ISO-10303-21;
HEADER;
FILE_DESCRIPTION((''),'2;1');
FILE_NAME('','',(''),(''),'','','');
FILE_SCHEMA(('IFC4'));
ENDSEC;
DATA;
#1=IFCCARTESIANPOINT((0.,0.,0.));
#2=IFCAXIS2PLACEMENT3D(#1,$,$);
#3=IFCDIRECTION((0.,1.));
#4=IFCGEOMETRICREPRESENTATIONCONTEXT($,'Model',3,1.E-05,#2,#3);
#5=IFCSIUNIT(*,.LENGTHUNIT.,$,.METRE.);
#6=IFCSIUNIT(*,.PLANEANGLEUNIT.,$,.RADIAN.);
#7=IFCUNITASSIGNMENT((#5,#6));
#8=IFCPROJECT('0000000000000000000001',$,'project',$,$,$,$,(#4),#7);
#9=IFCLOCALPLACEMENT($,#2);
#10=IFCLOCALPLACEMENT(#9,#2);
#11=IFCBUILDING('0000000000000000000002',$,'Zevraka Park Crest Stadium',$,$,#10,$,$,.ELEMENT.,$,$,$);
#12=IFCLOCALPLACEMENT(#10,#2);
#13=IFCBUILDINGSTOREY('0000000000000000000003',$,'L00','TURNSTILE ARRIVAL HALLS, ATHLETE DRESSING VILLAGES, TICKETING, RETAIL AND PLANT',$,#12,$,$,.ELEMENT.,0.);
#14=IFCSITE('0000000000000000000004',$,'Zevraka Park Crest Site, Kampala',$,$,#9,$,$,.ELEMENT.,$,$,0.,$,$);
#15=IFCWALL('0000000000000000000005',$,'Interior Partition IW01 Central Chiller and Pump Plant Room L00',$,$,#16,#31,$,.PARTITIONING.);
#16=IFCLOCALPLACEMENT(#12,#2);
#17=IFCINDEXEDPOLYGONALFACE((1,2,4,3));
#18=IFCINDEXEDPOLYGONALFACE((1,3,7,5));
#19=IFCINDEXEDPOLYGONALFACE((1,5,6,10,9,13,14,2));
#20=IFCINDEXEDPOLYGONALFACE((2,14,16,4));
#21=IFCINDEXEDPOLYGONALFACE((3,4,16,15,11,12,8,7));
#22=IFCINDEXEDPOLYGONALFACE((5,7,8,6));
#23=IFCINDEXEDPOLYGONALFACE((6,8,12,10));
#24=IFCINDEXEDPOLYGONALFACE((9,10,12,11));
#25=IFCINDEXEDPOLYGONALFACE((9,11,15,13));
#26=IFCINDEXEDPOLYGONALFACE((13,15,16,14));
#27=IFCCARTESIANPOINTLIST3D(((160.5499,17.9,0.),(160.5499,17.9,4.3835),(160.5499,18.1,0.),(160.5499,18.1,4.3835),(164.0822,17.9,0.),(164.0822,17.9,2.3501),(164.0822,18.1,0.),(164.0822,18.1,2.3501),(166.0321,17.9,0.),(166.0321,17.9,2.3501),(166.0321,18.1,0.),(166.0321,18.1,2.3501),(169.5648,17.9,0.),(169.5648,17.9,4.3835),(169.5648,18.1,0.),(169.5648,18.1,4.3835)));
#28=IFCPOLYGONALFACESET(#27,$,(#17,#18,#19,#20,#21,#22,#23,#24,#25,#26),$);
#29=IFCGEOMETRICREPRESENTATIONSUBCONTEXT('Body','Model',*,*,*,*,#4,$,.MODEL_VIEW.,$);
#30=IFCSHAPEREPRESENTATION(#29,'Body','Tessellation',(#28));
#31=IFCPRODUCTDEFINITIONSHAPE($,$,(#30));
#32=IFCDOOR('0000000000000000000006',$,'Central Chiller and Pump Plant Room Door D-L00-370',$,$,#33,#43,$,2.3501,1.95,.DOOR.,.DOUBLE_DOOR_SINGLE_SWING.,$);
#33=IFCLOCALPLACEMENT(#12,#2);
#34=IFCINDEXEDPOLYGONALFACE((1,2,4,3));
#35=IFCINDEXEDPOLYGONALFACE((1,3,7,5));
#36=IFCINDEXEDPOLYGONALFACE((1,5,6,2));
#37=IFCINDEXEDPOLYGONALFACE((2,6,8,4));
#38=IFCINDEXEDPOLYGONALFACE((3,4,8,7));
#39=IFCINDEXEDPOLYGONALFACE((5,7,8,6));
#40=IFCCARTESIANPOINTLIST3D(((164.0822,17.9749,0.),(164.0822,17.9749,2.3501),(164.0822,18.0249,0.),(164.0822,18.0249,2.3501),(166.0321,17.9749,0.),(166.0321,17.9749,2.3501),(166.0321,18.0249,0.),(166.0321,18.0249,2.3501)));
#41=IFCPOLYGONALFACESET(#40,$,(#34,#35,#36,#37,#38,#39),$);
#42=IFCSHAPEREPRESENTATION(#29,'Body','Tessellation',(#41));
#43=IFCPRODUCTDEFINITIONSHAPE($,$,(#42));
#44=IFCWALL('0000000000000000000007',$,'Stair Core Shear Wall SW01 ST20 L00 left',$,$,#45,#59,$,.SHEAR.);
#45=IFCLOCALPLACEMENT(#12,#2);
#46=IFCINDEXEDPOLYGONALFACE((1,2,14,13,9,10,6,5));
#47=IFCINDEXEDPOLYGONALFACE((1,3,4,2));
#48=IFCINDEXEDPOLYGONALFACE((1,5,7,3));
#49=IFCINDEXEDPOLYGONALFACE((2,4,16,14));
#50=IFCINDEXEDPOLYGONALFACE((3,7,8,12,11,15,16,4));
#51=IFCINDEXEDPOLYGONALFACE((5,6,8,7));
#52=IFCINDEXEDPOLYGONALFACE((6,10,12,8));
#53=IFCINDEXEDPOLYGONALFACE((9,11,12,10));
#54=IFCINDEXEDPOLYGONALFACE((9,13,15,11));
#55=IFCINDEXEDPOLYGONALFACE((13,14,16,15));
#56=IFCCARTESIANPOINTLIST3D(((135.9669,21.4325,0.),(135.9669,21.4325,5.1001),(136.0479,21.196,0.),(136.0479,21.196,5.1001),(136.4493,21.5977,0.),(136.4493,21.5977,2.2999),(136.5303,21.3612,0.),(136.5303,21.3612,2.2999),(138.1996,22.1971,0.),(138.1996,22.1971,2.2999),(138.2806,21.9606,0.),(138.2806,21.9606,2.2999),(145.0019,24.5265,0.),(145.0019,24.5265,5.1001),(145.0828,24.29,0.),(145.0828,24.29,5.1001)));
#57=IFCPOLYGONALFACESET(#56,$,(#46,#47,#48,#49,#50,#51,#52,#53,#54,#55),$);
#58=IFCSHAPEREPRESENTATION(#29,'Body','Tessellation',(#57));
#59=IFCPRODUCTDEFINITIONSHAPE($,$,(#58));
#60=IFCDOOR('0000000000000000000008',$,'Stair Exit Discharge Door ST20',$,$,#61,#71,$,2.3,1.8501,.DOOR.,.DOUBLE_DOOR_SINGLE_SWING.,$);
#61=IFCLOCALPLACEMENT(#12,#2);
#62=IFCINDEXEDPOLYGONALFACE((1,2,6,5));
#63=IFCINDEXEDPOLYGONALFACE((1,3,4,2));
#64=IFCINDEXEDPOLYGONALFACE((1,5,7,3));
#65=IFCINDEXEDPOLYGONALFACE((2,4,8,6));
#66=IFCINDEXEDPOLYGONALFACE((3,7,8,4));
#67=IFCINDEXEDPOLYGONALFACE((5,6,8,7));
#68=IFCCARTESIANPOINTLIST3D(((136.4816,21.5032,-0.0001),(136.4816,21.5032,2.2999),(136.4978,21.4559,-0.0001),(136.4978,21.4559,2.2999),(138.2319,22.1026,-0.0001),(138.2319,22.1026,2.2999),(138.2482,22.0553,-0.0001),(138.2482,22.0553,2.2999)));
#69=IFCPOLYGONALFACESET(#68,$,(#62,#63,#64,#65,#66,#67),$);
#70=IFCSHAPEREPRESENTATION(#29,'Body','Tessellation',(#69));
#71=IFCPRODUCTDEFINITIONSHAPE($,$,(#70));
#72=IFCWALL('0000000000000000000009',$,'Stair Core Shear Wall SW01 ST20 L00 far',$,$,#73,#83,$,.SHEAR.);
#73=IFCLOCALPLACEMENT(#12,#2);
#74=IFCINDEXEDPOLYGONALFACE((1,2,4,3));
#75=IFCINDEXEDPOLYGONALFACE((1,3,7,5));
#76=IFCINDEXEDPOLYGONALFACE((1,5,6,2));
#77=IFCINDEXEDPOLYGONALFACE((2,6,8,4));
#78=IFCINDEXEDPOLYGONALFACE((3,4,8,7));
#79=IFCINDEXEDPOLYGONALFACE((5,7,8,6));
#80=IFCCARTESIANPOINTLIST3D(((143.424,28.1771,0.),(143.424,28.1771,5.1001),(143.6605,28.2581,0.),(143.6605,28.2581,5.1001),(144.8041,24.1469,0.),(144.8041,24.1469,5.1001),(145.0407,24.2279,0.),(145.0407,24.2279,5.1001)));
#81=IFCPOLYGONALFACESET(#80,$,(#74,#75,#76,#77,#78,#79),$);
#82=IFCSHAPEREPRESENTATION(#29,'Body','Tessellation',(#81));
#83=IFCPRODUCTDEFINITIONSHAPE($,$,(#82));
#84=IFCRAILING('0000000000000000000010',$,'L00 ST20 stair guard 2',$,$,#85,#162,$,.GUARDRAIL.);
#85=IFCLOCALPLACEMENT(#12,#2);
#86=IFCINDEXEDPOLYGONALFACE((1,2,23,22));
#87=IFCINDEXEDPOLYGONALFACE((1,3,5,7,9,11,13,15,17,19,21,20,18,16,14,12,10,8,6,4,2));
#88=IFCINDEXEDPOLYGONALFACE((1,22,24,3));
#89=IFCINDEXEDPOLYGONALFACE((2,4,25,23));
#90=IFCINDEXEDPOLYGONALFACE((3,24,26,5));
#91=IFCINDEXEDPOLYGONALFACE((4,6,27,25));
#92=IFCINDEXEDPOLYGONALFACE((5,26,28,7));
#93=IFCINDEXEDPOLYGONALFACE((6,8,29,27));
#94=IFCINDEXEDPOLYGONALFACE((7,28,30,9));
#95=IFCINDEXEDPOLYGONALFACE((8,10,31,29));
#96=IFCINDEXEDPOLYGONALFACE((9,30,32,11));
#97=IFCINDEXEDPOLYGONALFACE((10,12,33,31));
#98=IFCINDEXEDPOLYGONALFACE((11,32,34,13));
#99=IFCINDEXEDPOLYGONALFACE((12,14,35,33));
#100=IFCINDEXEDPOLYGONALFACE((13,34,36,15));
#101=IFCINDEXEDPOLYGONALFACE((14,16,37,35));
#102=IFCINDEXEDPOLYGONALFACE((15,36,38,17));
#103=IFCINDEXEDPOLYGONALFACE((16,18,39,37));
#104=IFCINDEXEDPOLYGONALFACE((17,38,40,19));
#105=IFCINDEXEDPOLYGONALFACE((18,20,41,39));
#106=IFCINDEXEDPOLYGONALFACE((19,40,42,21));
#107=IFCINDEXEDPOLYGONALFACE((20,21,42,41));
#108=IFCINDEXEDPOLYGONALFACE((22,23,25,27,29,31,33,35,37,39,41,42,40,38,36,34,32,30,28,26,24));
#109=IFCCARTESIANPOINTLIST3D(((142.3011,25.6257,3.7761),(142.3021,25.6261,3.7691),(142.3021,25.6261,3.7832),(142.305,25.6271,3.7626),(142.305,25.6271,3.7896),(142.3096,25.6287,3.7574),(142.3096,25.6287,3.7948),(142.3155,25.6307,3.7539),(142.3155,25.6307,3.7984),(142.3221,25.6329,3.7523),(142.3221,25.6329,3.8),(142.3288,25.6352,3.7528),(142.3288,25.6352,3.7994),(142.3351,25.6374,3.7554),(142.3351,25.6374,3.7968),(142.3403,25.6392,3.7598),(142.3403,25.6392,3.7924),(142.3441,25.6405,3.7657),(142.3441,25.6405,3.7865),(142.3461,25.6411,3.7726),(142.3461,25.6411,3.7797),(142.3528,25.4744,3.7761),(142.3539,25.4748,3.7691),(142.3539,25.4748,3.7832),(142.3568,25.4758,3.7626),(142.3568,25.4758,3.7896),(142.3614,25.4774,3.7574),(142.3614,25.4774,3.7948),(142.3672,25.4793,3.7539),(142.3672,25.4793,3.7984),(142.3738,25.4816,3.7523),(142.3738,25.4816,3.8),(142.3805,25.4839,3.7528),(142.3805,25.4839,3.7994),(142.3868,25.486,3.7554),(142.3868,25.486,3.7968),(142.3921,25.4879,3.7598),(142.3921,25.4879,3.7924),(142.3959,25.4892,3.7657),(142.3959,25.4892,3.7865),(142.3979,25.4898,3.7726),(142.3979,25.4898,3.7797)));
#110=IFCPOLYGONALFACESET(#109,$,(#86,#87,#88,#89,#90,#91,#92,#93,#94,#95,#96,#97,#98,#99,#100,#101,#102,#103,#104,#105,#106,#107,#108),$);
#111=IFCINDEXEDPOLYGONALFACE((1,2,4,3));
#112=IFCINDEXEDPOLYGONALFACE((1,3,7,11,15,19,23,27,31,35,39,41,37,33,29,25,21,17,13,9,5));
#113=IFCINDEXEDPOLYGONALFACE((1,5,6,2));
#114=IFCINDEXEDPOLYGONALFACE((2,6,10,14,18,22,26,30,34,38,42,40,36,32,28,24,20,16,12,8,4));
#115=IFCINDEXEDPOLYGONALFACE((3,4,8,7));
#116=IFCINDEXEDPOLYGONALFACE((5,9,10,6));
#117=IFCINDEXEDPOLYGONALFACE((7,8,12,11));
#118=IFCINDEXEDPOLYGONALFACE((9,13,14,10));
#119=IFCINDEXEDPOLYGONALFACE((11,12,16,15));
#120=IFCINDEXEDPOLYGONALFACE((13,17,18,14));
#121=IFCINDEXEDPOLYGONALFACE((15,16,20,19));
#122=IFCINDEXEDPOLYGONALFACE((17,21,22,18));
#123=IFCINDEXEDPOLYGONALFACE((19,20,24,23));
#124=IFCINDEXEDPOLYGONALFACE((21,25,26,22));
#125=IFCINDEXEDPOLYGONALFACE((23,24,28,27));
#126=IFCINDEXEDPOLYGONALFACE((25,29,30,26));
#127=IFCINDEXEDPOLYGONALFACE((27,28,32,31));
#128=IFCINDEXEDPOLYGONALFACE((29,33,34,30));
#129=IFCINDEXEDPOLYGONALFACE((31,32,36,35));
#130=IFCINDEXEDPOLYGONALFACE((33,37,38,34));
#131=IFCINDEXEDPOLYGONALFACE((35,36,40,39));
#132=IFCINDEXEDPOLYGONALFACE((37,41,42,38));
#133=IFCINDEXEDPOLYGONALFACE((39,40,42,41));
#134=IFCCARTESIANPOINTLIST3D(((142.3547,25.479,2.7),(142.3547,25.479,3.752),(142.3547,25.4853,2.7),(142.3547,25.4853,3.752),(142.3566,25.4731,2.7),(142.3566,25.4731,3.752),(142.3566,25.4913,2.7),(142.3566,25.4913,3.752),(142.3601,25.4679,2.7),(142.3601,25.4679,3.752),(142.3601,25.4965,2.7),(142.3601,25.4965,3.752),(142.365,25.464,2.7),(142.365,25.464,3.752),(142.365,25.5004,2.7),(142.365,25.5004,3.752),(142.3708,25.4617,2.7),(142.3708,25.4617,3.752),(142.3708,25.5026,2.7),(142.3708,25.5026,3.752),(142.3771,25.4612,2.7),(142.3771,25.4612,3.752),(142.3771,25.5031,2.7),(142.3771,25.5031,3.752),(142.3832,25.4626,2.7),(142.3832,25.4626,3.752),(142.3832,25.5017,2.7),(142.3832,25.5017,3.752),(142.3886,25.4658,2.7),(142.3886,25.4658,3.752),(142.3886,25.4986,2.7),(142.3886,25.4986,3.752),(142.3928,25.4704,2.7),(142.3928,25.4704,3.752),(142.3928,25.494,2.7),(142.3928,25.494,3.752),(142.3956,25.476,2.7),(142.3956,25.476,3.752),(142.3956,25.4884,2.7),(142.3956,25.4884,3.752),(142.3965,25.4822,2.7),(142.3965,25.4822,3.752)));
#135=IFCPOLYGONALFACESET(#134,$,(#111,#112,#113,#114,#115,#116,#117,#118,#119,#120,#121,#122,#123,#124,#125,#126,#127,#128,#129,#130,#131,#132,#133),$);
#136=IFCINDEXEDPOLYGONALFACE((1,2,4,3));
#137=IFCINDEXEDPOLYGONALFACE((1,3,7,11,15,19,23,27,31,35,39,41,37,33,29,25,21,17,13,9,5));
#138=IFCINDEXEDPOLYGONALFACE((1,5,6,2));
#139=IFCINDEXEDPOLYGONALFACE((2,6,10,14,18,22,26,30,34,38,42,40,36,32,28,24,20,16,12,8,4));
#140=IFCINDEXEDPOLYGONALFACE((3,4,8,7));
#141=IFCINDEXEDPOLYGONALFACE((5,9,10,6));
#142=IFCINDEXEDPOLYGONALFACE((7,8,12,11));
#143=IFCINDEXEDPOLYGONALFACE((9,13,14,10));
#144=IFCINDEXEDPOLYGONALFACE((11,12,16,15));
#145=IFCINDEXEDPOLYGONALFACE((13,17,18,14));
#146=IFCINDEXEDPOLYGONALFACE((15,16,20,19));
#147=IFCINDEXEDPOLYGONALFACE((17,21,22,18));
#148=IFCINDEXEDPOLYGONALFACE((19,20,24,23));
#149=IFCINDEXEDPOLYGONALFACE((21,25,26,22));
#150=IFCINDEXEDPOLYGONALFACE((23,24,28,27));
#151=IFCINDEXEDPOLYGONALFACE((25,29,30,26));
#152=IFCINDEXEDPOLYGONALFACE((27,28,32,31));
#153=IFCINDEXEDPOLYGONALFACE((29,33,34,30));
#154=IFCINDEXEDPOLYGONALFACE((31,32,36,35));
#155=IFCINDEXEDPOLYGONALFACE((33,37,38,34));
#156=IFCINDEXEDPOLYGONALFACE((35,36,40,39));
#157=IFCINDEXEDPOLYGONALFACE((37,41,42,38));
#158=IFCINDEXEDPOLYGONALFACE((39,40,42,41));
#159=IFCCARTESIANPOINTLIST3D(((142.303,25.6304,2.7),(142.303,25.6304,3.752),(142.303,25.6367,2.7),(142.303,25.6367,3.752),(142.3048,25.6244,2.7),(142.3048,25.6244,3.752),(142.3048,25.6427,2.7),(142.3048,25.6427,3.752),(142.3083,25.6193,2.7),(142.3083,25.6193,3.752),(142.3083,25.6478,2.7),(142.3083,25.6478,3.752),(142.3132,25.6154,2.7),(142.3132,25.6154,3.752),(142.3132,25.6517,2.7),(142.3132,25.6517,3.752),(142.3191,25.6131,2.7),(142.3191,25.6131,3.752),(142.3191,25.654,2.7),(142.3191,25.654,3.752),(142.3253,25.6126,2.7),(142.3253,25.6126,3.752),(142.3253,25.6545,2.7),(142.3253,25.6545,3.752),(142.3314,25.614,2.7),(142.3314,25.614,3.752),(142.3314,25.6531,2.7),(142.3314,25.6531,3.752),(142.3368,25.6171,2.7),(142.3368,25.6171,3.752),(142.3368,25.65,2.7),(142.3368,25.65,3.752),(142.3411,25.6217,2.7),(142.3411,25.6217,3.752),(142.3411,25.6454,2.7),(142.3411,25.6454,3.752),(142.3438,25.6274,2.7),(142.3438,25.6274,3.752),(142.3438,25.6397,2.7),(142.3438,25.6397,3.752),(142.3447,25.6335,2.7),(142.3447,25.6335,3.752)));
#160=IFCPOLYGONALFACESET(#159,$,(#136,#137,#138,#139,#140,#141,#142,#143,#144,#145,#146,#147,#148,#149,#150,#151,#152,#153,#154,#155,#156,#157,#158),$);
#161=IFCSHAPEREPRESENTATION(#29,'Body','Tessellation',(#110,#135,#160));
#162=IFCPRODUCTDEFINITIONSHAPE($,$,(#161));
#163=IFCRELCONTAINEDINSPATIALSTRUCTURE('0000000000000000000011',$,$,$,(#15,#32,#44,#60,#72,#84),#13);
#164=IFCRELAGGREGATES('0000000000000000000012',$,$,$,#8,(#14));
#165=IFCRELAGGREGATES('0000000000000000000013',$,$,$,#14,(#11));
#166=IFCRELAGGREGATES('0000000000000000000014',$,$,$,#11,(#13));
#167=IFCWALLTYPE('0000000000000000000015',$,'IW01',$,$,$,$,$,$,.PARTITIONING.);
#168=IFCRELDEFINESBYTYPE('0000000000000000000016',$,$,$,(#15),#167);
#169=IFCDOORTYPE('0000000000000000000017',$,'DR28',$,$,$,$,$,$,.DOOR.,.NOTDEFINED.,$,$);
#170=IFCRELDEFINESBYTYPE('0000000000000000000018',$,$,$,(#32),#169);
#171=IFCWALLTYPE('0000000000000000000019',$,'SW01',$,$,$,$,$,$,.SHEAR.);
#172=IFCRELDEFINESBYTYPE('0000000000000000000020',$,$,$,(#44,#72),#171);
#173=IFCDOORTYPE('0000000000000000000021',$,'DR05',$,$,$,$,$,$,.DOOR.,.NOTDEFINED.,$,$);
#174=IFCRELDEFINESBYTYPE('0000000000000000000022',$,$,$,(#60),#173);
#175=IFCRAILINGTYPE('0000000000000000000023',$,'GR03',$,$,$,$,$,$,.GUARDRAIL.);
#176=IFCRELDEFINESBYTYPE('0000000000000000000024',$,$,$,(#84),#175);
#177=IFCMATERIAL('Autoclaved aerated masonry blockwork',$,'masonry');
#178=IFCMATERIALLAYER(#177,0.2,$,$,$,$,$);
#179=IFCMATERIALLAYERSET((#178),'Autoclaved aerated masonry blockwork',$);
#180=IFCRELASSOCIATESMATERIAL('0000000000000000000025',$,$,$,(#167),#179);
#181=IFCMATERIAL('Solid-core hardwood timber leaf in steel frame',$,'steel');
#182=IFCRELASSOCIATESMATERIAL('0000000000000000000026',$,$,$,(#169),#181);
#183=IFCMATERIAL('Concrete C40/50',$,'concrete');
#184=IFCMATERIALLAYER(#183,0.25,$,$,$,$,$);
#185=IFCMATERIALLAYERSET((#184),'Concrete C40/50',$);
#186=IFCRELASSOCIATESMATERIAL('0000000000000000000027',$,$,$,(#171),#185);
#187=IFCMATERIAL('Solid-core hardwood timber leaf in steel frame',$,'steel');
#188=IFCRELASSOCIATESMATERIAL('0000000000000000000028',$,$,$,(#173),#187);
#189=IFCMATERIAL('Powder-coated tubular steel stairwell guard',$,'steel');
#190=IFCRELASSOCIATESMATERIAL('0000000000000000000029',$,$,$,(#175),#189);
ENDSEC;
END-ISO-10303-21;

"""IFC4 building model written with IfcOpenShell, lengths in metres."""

from ifc_helpers import new_model, si_unit, direction, frame, frame_2d, origin, origin_2d, place, context, subcontext, project, spatial, rectangle, circle, extrude, material, layer, layer_set, type_object, element, fill, save


model = new_model("IFC4")

# Units and contexts
model_context = context("Model", 3, precision=1e-05, world=origin(), true_north=direction((0.0, 1.0)))
body_context = subcontext(model_context, "Body", "Model", "MODEL_VIEW")
ifc_project = project(units=[si_unit("LENGTHUNIT", "METRE"), si_unit("PLANEANGLEUNIT", "RADIAN")], contexts=[model_context])

# Site, building, storey
site_placement = place(None, origin())
site = spatial("IfcSite", under=ifc_project, at=site_placement, Name="Zevraka Park Crest Site, Kampala", CompositionType="ELEMENT", RefElevation=0.0)
building_placement = place(site_placement, origin())
building = spatial("IfcBuilding", under=site, at=building_placement, Name="Zevraka Park Crest Stadium", CompositionType="ELEMENT")
storey_placement = place(building_placement, origin())
storey = spatial("IfcBuildingStorey", under=building, at=storey_placement, Name="L00", Description="TURNSTILE ARRIVAL HALLS, ATHLETE DRESSING VILLAGES, TICKETING, RETAIL AND PLANT", CompositionType="ELEMENT", Elevation=0.0)

# Shared definitions
ifc_material_1 = material(Name="Autoclaved aerated masonry blockwork", Category="masonry")
ifc_layer_1 = layer(ifc_material_1, 0.2)
ifc_layer_set_1 = layer_set([ifc_layer_1], Name="Autoclaved aerated masonry blockwork")
wall_type_1 = type_object("IfcWallType", Name="IW01", PredefinedType="PARTITIONING", material=ifc_layer_set_1)

# Walls, openings, doors
wall_1_placement = place(storey_placement, frame((160.55, 18.0, 0.0), z_axis=(0.0, 0.0, 1.0), x_axis=(1.0, 0.0, 0.0)))
wall_1 = element("IfcWall", 1, at=wall_1_placement, inside=storey, type_object=wall_type_1, Name="Interior Partition IW01 Central Chiller and Pump Plant Room L00", PredefinedType="PARTITIONING", context=body_context, shape_type="SweptSolid", body=[
    extrude(rectangle(XDim=9.0149, YDim=0.2, at=frame_2d((4.5073, 0.0))), origin(), (0.0, 0.0, 1.0), 4.3835),
])
opening_1_placement = place(wall_1_placement, frame((3.532, 0.0, 0.0)))
opening_1 = element("IfcOpeningElement", 2, at=opening_1_placement, cuts=wall_1, PredefinedType="OPENING", context=body_context, shape_type="SweptSolid", body=[
    extrude(rectangle(XDim=1.95, YDim=2.3501, at=frame_2d((0.9751, 1.175))), frame((0.0, 0.1099, 0.0), z_axis=(0.0, -1.0, 0.0), x_axis=(1.0, 0.0, 0.0)), (0.0, 0.0, 1.0), 0.22),
])
ifc_material_2 = material(Name="Solid-core hardwood timber leaf in steel frame", Category="steel")
door_type_1 = type_object("IfcDoorType", Name="DR28", OperationType="NOTDEFINED", PredefinedType="DOOR", material=ifc_material_2)
door_1_placement = place(opening_1_placement, origin())
door_1 = element("IfcDoor", 3, at=door_1_placement, inside=storey, type_object=door_type_1, Name="Central Chiller and Pump Plant Room Door D-L00-370", OperationType="DOUBLE_DOOR_SINGLE_SWING", OverallHeight=2.3501, OverallWidth=1.95, PredefinedType="DOOR", context=body_context, shape_type="SweptSolid", body=[
    extrude(rectangle(XDim=1.95, YDim=2.3501, at=frame_2d((0.9751, 1.175))), frame((0.0, 0.0249, 0.0), z_axis=(0.0, -1.0, 0.0), x_axis=(1.0, 0.0, 0.0)), (0.0, 0.0, 1.0), 0.05),
])
fill(opening_1, door_1)
ifc_material_3 = material(Name="Concrete C40/50", Category="concrete")
ifc_layer_2 = layer(ifc_material_3, 0.25)
ifc_layer_set_2 = layer_set([ifc_layer_2], Name="Concrete C40/50")
wall_type_2 = type_object("IfcWallType", Name="SW01", PredefinedType="SHEAR", material=ifc_layer_set_2)
wall_2_placement = place(storey_placement, frame((145.0422, 24.4082, 0.0), z_axis=(0.0, 0.0, 1.0), x_axis=(-0.946064, -0.323979, 0.0)))
wall_2 = element("IfcWall", 4, at=wall_2_placement, inside=storey, type_object=wall_type_2, Name="Stair Core Shear Wall SW01 ST20 L00 left", PredefinedType="SHEAR", context=body_context, shape_type="SweptSolid", body=[
    extrude(rectangle(XDim=9.55, YDim=0.25, at=frame_2d((4.7749, 0.0))), origin(), (0.0, 0.0, 1.0), 5.1001),
])
opening_2_placement = place(wall_2_placement, frame((7.1899, 0.0, 0.0)))
opening_2 = element("IfcOpeningElement", 5, at=opening_2_placement, cuts=wall_2, PredefinedType="OPENING", context=body_context, shape_type="SweptSolid", body=[
    extrude(rectangle(XDim=1.8501, YDim=2.3, at=frame_2d((0.925, 1.1499))), frame((0.0, 0.135, 0.0), z_axis=(0.0, -1.0, 0.0), x_axis=(1.0, 0.0, 0.0)), (0.0, 0.0, 1.0), 0.27),
])
ifc_material_4 = material(Name="Solid-core hardwood timber leaf in steel frame", Category="steel")
door_type_2 = type_object("IfcDoorType", Name="DR05", OperationType="NOTDEFINED", PredefinedType="DOOR", material=ifc_material_4)
door_2_placement = place(opening_2_placement, origin())
door_2 = element("IfcDoor", 6, at=door_2_placement, inside=storey, type_object=door_type_2, Name="Stair Exit Discharge Door ST20", OperationType="DOUBLE_DOOR_SINGLE_SWING", OverallHeight=2.3, OverallWidth=1.8501, PredefinedType="DOOR", context=body_context, shape_type="SweptSolid", body=[
    extrude(rectangle(XDim=1.8501, YDim=2.3, at=frame_2d((0.925, 1.1499))), frame((0.0, 0.0249, 0.0), z_axis=(0.0, -1.0, 0.0), x_axis=(1.0, 0.0, 0.0)), (0.0, 0.0, 1.0), 0.05),
])
fill(opening_2, door_2)

# Wall
wall_3_placement = place(storey_placement, frame((144.9224, 24.1875, 0.0), z_axis=(0.0, 0.0, 1.0), x_axis=(-0.323971, 0.946067, 0.0)))
element("IfcWall", 7, at=wall_3_placement, inside=storey, type_object=wall_type_2, Name="Stair Core Shear Wall SW01 ST20 L00 far", PredefinedType="SHEAR", context=body_context, shape_type="SweptSolid", body=[
    extrude(rectangle(XDim=4.26, YDim=0.25, at=frame_2d((2.1299, 0.0))), origin(), (0.0, 0.0, 1.0), 5.1001),
])

# Railing
ifc_material_5 = material(Name="Powder-coated tubular steel stairwell guard", Category="steel")
railing_type_1 = type_object("IfcRailingType", Name="GR03", PredefinedType="GUARDRAIL", material=ifc_material_5)
railing_1_placement = place(storey_placement, frame((142.3755, 25.4822, 2.7)))
element("IfcRailing", 8, at=railing_1_placement, inside=storey, type_object=railing_type_1, Name="L00 ST20 stair guard 2", PredefinedType="GUARDRAIL", context=body_context, shape_type="SweptSolid", body=[
    extrude(circle(Radius=0.0239, at=origin_2d()), frame((0.0, 0.0, 1.0762), z_axis=(-0.323544, 0.946213, 0.0), x_axis=(-0.946213, -0.323544, 0.0)), (0.0, 0.0, 1.0), 0.1599),
    extrude(circle(Radius=0.021, at=origin_2d()), origin(), (0.0, 0.0, 1.0), 1.052),
    extrude(circle(Radius=0.021, at=origin_2d()), frame((-0.0518, 0.1514, 0.0)), (0.0, 0.0, 1.0), 1.052),
])

save(model, "model.ifc")
